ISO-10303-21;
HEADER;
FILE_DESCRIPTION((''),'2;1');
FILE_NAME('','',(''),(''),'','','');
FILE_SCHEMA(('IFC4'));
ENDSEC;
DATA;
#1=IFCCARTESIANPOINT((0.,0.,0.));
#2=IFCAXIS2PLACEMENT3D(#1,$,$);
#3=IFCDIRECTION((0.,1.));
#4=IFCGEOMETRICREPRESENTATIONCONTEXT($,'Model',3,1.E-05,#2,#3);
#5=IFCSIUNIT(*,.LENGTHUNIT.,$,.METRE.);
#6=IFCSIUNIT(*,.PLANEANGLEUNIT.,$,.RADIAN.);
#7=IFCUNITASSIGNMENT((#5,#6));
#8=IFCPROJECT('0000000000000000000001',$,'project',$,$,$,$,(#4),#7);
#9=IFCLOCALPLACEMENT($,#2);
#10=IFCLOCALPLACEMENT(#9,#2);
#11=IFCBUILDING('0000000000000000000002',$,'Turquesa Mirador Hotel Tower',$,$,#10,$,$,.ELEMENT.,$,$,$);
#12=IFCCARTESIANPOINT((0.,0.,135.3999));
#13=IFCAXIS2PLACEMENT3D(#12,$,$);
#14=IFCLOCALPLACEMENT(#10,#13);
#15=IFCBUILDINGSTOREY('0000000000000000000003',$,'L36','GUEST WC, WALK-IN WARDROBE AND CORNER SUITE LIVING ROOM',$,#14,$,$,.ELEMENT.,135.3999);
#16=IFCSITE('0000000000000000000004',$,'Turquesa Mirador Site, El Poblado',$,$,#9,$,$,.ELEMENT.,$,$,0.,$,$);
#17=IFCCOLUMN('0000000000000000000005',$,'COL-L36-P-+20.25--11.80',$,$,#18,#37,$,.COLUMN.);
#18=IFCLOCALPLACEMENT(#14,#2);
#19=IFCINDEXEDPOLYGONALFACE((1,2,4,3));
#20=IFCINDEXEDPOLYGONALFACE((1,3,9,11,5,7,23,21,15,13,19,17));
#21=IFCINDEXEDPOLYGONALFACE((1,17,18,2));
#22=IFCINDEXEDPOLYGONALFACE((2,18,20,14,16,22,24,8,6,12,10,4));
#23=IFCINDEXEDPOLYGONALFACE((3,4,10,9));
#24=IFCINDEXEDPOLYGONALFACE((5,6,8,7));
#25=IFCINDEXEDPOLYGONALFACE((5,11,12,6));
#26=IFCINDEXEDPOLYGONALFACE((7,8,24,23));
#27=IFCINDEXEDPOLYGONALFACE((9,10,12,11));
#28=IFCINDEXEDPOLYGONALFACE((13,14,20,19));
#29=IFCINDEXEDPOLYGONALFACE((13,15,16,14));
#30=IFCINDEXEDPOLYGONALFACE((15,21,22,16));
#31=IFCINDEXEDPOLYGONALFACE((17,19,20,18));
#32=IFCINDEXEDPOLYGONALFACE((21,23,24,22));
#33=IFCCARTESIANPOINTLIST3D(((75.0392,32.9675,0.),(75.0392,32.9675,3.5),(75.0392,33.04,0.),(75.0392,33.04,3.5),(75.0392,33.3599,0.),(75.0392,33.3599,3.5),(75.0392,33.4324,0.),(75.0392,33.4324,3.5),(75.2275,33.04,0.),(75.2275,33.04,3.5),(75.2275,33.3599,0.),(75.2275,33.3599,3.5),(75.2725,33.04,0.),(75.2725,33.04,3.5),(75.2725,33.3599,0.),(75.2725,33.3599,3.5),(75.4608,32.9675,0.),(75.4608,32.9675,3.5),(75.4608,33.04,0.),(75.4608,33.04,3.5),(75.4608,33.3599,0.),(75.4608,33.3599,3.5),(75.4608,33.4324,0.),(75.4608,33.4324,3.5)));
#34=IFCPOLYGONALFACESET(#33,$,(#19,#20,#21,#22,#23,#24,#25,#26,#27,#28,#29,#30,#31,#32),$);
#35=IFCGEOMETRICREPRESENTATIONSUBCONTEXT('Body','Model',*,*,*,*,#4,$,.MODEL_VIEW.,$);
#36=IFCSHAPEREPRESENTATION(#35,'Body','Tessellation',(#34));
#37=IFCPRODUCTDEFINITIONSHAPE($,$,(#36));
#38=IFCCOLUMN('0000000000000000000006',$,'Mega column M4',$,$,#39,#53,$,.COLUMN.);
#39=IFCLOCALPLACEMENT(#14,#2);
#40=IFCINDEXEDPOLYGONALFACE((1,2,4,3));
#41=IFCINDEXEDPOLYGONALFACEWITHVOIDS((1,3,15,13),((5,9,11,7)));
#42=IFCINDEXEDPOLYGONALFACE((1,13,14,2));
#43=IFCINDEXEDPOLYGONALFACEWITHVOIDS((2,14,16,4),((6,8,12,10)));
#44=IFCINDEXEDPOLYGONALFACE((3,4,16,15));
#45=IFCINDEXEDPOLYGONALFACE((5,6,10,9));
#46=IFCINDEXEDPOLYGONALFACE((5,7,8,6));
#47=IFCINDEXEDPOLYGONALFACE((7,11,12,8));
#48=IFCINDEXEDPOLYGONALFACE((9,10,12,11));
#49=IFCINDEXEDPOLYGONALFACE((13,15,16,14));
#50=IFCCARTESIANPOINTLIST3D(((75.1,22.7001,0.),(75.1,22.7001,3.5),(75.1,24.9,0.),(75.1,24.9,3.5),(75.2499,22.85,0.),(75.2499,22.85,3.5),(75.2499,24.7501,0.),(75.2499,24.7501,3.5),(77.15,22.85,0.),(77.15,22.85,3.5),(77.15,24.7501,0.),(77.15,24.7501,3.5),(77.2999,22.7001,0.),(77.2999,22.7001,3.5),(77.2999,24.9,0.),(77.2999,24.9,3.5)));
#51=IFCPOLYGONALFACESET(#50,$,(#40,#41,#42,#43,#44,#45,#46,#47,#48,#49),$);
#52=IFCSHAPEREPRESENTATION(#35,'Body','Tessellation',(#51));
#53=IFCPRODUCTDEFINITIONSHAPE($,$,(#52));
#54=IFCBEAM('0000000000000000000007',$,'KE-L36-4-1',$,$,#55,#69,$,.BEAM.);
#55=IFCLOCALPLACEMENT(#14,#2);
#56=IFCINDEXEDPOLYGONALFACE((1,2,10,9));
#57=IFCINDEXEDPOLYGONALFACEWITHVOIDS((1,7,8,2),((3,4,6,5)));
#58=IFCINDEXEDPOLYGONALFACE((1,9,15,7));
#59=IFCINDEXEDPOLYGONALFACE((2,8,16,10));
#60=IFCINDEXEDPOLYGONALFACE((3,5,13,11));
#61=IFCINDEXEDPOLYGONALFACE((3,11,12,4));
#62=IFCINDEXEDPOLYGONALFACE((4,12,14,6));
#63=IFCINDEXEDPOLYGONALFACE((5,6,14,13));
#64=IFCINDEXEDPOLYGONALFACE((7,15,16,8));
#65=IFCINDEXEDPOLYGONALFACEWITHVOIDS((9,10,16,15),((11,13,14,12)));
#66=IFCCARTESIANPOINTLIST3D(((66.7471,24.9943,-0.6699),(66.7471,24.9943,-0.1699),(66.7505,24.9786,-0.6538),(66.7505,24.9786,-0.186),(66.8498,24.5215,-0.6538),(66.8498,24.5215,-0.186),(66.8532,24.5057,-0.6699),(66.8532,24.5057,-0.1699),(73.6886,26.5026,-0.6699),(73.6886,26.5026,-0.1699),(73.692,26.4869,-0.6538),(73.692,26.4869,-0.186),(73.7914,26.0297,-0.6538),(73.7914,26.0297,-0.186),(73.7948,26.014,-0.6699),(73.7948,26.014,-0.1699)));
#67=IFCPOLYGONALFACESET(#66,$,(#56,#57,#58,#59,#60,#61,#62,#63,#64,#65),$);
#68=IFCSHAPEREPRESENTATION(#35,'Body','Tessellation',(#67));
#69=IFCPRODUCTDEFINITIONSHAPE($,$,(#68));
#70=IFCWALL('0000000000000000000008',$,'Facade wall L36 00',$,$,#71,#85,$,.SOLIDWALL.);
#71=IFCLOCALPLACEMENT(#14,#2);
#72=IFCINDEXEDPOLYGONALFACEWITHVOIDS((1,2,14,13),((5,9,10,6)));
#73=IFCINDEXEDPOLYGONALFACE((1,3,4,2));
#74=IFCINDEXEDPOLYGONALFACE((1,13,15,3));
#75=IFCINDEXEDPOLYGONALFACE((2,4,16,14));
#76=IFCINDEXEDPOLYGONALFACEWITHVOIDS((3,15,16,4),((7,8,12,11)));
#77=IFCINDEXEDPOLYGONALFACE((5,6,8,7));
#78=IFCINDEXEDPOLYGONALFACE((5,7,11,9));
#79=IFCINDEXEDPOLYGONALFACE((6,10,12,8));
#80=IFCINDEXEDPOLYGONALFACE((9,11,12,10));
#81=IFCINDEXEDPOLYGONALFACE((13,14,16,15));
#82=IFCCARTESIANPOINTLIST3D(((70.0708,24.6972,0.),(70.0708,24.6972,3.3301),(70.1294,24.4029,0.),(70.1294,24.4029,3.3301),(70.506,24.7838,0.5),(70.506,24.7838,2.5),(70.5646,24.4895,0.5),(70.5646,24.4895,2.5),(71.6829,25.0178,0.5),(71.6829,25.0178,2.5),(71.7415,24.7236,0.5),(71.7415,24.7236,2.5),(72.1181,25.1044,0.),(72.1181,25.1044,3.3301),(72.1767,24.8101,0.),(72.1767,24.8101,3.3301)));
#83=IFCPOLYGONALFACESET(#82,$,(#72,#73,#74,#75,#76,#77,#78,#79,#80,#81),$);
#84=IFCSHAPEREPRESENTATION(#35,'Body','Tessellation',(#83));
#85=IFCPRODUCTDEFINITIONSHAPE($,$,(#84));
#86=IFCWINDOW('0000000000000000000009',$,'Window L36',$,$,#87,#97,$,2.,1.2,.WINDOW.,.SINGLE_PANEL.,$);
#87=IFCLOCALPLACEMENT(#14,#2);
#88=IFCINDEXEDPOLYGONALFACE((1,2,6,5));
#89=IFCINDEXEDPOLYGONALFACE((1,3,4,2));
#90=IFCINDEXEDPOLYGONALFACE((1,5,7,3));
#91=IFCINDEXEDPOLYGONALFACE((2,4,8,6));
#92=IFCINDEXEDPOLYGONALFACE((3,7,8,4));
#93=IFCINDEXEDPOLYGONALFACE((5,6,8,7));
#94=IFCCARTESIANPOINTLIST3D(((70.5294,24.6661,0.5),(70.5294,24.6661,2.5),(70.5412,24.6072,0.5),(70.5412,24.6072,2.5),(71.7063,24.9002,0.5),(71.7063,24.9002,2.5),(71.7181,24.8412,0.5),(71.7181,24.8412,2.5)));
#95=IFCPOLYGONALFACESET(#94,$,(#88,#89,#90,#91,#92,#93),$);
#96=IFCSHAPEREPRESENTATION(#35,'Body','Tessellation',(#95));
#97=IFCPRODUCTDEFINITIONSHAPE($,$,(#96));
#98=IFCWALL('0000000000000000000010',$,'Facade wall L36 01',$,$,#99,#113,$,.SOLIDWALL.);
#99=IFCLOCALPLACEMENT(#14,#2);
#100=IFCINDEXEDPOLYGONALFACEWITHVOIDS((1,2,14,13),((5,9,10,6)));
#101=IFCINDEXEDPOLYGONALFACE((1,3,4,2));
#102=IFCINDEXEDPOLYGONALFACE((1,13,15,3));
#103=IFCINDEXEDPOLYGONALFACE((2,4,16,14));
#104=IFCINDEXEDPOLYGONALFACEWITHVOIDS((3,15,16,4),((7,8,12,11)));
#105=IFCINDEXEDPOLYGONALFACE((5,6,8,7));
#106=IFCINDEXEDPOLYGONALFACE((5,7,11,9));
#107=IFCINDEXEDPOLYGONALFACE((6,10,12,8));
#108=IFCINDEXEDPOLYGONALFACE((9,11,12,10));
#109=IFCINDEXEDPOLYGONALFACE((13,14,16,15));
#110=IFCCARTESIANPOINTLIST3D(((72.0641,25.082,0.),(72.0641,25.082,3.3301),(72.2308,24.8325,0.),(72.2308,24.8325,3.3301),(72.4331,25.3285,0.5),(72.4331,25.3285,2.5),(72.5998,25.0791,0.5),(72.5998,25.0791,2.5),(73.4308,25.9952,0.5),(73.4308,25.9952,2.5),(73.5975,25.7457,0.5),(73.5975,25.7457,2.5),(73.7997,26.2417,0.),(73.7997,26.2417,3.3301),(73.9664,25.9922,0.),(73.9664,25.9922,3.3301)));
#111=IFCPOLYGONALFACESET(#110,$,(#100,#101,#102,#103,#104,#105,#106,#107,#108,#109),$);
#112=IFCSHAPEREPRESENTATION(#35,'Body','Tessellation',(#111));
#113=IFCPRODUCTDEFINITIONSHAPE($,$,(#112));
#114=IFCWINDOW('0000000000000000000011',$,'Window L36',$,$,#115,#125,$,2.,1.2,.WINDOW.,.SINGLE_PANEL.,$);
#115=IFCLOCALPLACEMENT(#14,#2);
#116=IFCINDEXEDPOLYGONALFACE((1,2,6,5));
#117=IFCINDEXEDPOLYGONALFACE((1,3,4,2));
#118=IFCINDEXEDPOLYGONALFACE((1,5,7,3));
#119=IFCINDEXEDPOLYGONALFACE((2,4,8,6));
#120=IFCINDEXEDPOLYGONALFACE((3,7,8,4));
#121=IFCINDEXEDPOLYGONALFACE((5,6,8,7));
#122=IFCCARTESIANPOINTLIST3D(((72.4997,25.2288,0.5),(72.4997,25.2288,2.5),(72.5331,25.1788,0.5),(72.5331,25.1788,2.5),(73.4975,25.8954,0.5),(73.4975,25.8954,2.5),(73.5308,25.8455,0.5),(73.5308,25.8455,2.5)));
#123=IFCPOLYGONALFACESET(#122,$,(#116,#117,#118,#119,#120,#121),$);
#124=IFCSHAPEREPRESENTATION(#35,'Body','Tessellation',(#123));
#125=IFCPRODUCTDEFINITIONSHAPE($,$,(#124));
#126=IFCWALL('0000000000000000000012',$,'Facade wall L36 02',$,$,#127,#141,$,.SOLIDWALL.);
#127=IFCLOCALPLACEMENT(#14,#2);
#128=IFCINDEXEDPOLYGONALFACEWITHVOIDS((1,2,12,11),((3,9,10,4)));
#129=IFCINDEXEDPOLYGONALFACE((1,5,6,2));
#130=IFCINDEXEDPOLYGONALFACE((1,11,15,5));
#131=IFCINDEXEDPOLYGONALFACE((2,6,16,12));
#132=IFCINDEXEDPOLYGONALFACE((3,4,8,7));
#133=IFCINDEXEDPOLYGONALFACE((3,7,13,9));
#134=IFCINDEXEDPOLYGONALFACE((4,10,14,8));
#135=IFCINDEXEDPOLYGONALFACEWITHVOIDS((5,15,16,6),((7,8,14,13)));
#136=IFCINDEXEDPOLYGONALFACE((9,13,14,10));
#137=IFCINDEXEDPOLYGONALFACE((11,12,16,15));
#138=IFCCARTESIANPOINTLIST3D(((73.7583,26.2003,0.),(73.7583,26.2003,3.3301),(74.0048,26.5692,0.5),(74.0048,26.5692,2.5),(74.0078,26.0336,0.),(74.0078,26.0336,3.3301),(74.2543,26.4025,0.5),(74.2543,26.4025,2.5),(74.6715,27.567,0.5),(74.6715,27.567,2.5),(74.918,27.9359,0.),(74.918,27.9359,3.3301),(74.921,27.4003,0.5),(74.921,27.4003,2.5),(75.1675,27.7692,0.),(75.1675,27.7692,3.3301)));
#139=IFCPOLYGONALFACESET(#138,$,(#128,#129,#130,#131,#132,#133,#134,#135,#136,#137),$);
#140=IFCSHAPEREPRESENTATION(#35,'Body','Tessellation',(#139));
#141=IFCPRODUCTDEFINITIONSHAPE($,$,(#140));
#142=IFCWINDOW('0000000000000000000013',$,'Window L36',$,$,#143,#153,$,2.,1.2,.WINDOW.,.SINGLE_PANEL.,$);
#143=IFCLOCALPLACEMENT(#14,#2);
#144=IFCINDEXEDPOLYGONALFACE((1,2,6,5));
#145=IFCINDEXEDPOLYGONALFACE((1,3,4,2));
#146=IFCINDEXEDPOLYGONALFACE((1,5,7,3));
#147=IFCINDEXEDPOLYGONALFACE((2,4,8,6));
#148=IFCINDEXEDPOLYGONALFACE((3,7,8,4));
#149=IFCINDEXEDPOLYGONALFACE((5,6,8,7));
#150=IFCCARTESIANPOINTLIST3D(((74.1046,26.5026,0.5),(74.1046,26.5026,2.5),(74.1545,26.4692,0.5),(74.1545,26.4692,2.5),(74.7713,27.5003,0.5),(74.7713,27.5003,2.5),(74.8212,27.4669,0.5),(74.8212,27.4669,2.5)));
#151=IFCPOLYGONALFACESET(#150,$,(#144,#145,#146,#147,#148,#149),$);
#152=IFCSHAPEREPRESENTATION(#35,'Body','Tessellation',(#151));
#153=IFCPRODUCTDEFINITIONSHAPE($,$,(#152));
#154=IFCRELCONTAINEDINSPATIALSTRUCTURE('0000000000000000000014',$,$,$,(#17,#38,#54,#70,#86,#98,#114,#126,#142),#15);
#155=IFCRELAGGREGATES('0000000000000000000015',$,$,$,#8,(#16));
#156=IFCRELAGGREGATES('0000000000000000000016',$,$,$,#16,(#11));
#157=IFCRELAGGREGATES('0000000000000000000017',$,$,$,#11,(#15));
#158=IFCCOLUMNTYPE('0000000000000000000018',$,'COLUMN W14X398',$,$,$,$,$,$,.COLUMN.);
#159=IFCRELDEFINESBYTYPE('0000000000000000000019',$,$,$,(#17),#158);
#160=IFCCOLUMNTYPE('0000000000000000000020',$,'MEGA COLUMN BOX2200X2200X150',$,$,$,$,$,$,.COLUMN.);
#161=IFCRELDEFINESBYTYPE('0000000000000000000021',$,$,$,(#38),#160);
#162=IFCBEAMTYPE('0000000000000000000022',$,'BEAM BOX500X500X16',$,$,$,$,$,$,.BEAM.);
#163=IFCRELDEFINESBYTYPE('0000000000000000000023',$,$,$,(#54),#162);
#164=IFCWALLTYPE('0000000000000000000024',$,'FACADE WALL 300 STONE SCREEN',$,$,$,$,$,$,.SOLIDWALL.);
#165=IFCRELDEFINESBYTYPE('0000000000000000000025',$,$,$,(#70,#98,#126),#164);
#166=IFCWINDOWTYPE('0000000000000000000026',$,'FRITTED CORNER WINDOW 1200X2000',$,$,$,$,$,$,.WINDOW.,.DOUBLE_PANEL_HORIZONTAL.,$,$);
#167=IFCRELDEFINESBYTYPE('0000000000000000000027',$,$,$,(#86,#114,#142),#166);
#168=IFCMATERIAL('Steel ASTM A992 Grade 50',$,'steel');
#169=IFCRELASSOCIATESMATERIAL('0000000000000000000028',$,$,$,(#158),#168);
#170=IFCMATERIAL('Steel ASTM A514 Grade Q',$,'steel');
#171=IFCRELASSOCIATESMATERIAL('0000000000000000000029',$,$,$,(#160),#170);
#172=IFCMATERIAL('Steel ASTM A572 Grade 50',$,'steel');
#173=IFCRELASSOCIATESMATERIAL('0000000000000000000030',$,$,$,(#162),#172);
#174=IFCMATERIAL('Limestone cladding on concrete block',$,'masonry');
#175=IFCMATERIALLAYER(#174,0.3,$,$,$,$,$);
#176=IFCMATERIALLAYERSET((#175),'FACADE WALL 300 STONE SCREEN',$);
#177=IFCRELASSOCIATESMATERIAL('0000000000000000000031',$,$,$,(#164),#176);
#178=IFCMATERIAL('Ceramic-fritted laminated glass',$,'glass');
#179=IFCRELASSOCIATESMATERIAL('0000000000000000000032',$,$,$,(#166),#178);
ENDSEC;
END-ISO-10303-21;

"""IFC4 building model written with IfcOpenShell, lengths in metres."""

from ifc_helpers import new_model, si_unit, direction, frame, frame_2d, origin, origin_2d, place, context, subcontext, project, spatial, rectangle, hollow_rectangle, i_section, extrude, material, layer, layer_set, material_profile, profile_set, type_object, element, fill, save


model = new_model("IFC4")

# Units and contexts
model_context = context("Model", 3, precision=1e-05, world=origin(), true_north=direction((0.0, 1.0)))
body_context = subcontext(model_context, "Body", "Model", "MODEL_VIEW")
ifc_project = project(units=[si_unit("LENGTHUNIT", "METRE"), si_unit("PLANEANGLEUNIT", "RADIAN")], contexts=[model_context])

# Site, building, storey
site_placement = place(None, origin())
site = spatial("IfcSite", under=ifc_project, at=site_placement, Name="Turquesa Mirador Site, El Poblado", CompositionType="ELEMENT", RefElevation=0.0)
building_placement = place(site_placement, origin())
building = spatial("IfcBuilding", under=site, at=building_placement, Name="Turquesa Mirador Hotel Tower", CompositionType="ELEMENT")
storey_placement = place(building_placement, frame((0.0, 0.0, 135.3999)))
storey = spatial("IfcBuildingStorey", under=building, at=storey_placement, Name="L36", Description="GUEST WC, WALK-IN WARDROBE AND CORNER SUITE LIVING ROOM", CompositionType="ELEMENT", Elevation=135.3999)

# Columns
ifc_material_1 = material(Name="Steel ASTM A992 Grade 50", Category="steel")
ifc_material_profile_1 = material_profile(ifc_material_1, i_section(OverallWidth=0.4216, OverallDepth=0.4648, WebThickness=0.0449, FlangeThickness=0.0725, at=origin_2d()), Name="W14X398")
ifc_profile_set_1 = profile_set([ifc_material_profile_1], Name="Steel ASTM A992 Grade 50")
column_type_1 = type_object("IfcColumnType", Name="COLUMN W14X398", PredefinedType="COLUMN", material=ifc_profile_set_1)
column_1_placement = place(storey_placement, frame((75.25, 33.2, 0.0), z_axis=(0.0, 0.0, 1.0), x_axis=(1.0, 0.0, 0.0)))
element("IfcColumn", 1, at=column_1_placement, inside=storey, type_object=column_type_1, Name="COL-L36-P-+20.25--11.80", PredefinedType="COLUMN", context=body_context, shape_type="SweptSolid", body=[
    extrude(i_section(OverallWidth=0.4216, OverallDepth=0.4648, WebThickness=0.0449, FlangeThickness=0.0725, at=origin_2d()), origin(), (0.0, 0.0, 1.0), 3.5),
])
ifc_material_2 = material(Name="Steel ASTM A514 Grade Q", Category="steel")
ifc_material_profile_2 = material_profile(ifc_material_2, hollow_rectangle(XDim=2.2, YDim=2.2, WallThickness=0.1499, at=origin_2d()), Name="BOX2200X2200X150")
ifc_profile_set_2 = profile_set([ifc_material_profile_2], Name="Steel ASTM A514 Grade Q")
column_type_2 = type_object("IfcColumnType", Name="MEGA COLUMN BOX2200X2200X150", PredefinedType="COLUMN", material=ifc_profile_set_2)
column_2_placement = place(storey_placement, frame((76.2, 23.8, 0.0), z_axis=(0.0, 0.0, 1.0), x_axis=(1.0, 0.0, 0.0)))
element("IfcColumn", 2, at=column_2_placement, inside=storey, type_object=column_type_2, Name="Mega column M4", PredefinedType="COLUMN", context=body_context, shape_type="SweptSolid", body=[
    extrude(hollow_rectangle(XDim=2.2, YDim=2.2, WallThickness=0.1499, at=origin_2d()), origin(), (0.0, 0.0, 1.0), 3.5),
])

# Beam
ifc_material_3 = material(Name="Steel ASTM A572 Grade 50", Category="steel")
ifc_material_profile_3 = material_profile(ifc_material_3, hollow_rectangle(XDim=0.5, YDim=0.5, WallThickness=0.0161, at=origin_2d()), Name="BOX500X500X16")
ifc_profile_set_3 = profile_set([ifc_material_profile_3], Name="Steel ASTM A572 Grade 50")
beam_type = type_object("IfcBeamType", Name="BEAM BOX500X500X16", PredefinedType="BEAM", material=ifc_profile_set_3)
beam_placement = place(storey_placement, frame((73.7417, 26.2583, -0.4199), z_axis=(-0.977198, -0.212328, 0.0), x_axis=(0.212328, -0.977198, 0.0)))
element("IfcBeam", 3, at=beam_placement, inside=storey, type_object=beam_type, Name="KE-L36-4-1", PredefinedType="BEAM", context=body_context, shape_type="SweptSolid", body=[
    extrude(hollow_rectangle(XDim=0.5, YDim=0.5, WallThickness=0.0161, at=origin_2d()), origin(), (0.0, 0.0, 1.0), 7.1035),
])

# Walls, openings, windows
ifc_material_4 = material(Name="Limestone cladding on concrete block", Category="masonry")
ifc_layer_1 = layer(ifc_material_4, 0.3)
ifc_layer_set_1 = layer_set([ifc_layer_1], Name="FACADE WALL 300 STONE SCREEN")
wall_type_1 = type_object("IfcWallType", Name="FACADE WALL 300 STONE SCREEN", PredefinedType="SOLIDWALL", material=ifc_layer_set_1)
wall_1_placement = place(storey_placement, frame((70.1001, 24.55, 0.0), z_axis=(0.0, 0.0, 1.0), x_axis=(0.980787, 0.195081, 0.0)))
wall_1 = element("IfcWall", 4, at=wall_1_placement, inside=storey, type_object=wall_type_1, Name="Facade wall L36 00", PredefinedType="SOLIDWALL", context=body_context, shape_type="SweptSolid", body=[
    extrude(rectangle(XDim=2.0874, YDim=0.3, at=frame_2d((1.0437, 0.0))), origin(), (0.0, 0.0, 1.0), 3.3301),
])
opening_1_placement = place(wall_1_placement, frame((0.4436, 0.0, 0.5)))
opening_1 = element("IfcOpeningElement", 5, at=opening_1_placement, cuts=wall_1, PredefinedType="OPENING", context=body_context, shape_type="SweptSolid", body=[
    extrude(rectangle(XDim=1.2, YDim=2.0, at=frame_2d((0.6001, 1.0))), frame((0.0, 0.1599, 0.0), z_axis=(0.0, -1.0, 0.0), x_axis=(1.0, 0.0, 0.0)), (0.0, 0.0, 1.0), 0.3201),
])
ifc_material_5 = material(Name="Ceramic-fritted laminated glass", Category="glass")
window_type_1 = type_object("IfcWindowType", Name="FRITTED CORNER WINDOW 1200X2000", PartitioningType="DOUBLE_PANEL_HORIZONTAL", PredefinedType="WINDOW", material=ifc_material_5)
window_1_placement = place(opening_1_placement, origin())
window_1 = element("IfcWindow", 6, at=window_1_placement, inside=storey, type_object=window_type_1, Name="Window L36", OverallHeight=2.0, OverallWidth=1.2, PartitioningType="SINGLE_PANEL", PredefinedType="WINDOW", context=body_context, shape_type="SweptSolid", body=[
    extrude(rectangle(XDim=1.2, YDim=2.0, at=frame_2d((0.6001, 1.0))), frame((0.0, 0.03, 0.0), z_axis=(0.0, -1.0, 0.0), x_axis=(1.0, 0.0, 0.0)), (0.0, 0.0, 1.0), 0.0601),
])
fill(opening_1, window_1)
wall_2_placement = place(storey_placement, frame((72.1475, 24.9573, 0.0), z_axis=(0.0, 0.0, 1.0), x_axis=(0.831474, 0.555564, 0.0)))
wall_2 = element("IfcWall", 7, at=wall_2_placement, inside=storey, type_object=wall_type_1, Name="Facade wall L36 01", PredefinedType="SOLIDWALL", context=body_context, shape_type="SweptSolid", body=[
    extrude(rectangle(XDim=2.0874, YDim=0.3, at=frame_2d((1.0437, 0.0))), origin(), (0.0, 0.0, 1.0), 3.3301),
])
opening_2_placement = place(wall_2_placement, frame((0.4436, 0.0, 0.5)))
opening_2 = element("IfcOpeningElement", 8, at=opening_2_placement, cuts=wall_2, PredefinedType="OPENING", context=body_context, shape_type="SweptSolid", body=[
    extrude(rectangle(XDim=1.2, YDim=2.0, at=frame_2d((0.6001, 1.0))), frame((0.0, 0.1599, 0.0), z_axis=(0.0, -1.0, 0.0), x_axis=(1.0, 0.0, 0.0)), (0.0, 0.0, 1.0), 0.3201),
])
window_2_placement = place(opening_2_placement, origin())
window_2 = element("IfcWindow", 9, at=window_2_placement, inside=storey, type_object=window_type_1, Name="Window L36", OverallHeight=2.0, OverallWidth=1.2, PartitioningType="SINGLE_PANEL", PredefinedType="WINDOW", context=body_context, shape_type="SweptSolid", body=[
    extrude(rectangle(XDim=1.2, YDim=2.0, at=frame_2d((0.6001, 1.0))), frame((0.0, 0.03, 0.0), z_axis=(0.0, -1.0, 0.0), x_axis=(1.0, 0.0, 0.0)), (0.0, 0.0, 1.0), 0.0601),
])
fill(opening_2, window_2)
wall_3_placement = place(storey_placement, frame((73.8831, 26.1169, 0.0), z_axis=(0.0, 0.0, 1.0), x_axis=(0.555564, 0.831474, 0.0)))
wall_3 = element("IfcWall", 10, at=wall_3_placement, inside=storey, type_object=wall_type_1, Name="Facade wall L36 02", PredefinedType="SOLIDWALL", context=body_context, shape_type="SweptSolid", body=[
    extrude(rectangle(XDim=2.0874, YDim=0.3, at=frame_2d((1.0437, 0.0))), origin(), (0.0, 0.0, 1.0), 3.3301),
])
opening_3_placement = place(wall_3_placement, frame((0.4436, 0.0, 0.5)))
opening_3 = element("IfcOpeningElement", 11, at=opening_3_placement, cuts=wall_3, PredefinedType="OPENING", context=body_context, shape_type="SweptSolid", body=[
    extrude(rectangle(XDim=1.2, YDim=2.0, at=frame_2d((0.6001, 1.0))), frame((0.0, 0.1599, 0.0), z_axis=(0.0, -1.0, 0.0), x_axis=(1.0, 0.0, 0.0)), (0.0, 0.0, 1.0), 0.3201),
])
window_3_placement = place(opening_3_placement, origin())
window_3 = element("IfcWindow", 12, at=window_3_placement, inside=storey, type_object=window_type_1, Name="Window L36", OverallHeight=2.0, OverallWidth=1.2, PartitioningType="SINGLE_PANEL", PredefinedType="WINDOW", context=body_context, shape_type="SweptSolid", body=[
    extrude(rectangle(XDim=1.2, YDim=2.0, at=frame_2d((0.6001, 1.0))), frame((0.0, 0.03, 0.0), z_axis=(0.0, -1.0, 0.0), x_axis=(1.0, 0.0, 0.0)), (0.0, 0.0, 1.0), 0.0601),
])
fill(opening_3, window_3)

save(model, "model.ifc")
